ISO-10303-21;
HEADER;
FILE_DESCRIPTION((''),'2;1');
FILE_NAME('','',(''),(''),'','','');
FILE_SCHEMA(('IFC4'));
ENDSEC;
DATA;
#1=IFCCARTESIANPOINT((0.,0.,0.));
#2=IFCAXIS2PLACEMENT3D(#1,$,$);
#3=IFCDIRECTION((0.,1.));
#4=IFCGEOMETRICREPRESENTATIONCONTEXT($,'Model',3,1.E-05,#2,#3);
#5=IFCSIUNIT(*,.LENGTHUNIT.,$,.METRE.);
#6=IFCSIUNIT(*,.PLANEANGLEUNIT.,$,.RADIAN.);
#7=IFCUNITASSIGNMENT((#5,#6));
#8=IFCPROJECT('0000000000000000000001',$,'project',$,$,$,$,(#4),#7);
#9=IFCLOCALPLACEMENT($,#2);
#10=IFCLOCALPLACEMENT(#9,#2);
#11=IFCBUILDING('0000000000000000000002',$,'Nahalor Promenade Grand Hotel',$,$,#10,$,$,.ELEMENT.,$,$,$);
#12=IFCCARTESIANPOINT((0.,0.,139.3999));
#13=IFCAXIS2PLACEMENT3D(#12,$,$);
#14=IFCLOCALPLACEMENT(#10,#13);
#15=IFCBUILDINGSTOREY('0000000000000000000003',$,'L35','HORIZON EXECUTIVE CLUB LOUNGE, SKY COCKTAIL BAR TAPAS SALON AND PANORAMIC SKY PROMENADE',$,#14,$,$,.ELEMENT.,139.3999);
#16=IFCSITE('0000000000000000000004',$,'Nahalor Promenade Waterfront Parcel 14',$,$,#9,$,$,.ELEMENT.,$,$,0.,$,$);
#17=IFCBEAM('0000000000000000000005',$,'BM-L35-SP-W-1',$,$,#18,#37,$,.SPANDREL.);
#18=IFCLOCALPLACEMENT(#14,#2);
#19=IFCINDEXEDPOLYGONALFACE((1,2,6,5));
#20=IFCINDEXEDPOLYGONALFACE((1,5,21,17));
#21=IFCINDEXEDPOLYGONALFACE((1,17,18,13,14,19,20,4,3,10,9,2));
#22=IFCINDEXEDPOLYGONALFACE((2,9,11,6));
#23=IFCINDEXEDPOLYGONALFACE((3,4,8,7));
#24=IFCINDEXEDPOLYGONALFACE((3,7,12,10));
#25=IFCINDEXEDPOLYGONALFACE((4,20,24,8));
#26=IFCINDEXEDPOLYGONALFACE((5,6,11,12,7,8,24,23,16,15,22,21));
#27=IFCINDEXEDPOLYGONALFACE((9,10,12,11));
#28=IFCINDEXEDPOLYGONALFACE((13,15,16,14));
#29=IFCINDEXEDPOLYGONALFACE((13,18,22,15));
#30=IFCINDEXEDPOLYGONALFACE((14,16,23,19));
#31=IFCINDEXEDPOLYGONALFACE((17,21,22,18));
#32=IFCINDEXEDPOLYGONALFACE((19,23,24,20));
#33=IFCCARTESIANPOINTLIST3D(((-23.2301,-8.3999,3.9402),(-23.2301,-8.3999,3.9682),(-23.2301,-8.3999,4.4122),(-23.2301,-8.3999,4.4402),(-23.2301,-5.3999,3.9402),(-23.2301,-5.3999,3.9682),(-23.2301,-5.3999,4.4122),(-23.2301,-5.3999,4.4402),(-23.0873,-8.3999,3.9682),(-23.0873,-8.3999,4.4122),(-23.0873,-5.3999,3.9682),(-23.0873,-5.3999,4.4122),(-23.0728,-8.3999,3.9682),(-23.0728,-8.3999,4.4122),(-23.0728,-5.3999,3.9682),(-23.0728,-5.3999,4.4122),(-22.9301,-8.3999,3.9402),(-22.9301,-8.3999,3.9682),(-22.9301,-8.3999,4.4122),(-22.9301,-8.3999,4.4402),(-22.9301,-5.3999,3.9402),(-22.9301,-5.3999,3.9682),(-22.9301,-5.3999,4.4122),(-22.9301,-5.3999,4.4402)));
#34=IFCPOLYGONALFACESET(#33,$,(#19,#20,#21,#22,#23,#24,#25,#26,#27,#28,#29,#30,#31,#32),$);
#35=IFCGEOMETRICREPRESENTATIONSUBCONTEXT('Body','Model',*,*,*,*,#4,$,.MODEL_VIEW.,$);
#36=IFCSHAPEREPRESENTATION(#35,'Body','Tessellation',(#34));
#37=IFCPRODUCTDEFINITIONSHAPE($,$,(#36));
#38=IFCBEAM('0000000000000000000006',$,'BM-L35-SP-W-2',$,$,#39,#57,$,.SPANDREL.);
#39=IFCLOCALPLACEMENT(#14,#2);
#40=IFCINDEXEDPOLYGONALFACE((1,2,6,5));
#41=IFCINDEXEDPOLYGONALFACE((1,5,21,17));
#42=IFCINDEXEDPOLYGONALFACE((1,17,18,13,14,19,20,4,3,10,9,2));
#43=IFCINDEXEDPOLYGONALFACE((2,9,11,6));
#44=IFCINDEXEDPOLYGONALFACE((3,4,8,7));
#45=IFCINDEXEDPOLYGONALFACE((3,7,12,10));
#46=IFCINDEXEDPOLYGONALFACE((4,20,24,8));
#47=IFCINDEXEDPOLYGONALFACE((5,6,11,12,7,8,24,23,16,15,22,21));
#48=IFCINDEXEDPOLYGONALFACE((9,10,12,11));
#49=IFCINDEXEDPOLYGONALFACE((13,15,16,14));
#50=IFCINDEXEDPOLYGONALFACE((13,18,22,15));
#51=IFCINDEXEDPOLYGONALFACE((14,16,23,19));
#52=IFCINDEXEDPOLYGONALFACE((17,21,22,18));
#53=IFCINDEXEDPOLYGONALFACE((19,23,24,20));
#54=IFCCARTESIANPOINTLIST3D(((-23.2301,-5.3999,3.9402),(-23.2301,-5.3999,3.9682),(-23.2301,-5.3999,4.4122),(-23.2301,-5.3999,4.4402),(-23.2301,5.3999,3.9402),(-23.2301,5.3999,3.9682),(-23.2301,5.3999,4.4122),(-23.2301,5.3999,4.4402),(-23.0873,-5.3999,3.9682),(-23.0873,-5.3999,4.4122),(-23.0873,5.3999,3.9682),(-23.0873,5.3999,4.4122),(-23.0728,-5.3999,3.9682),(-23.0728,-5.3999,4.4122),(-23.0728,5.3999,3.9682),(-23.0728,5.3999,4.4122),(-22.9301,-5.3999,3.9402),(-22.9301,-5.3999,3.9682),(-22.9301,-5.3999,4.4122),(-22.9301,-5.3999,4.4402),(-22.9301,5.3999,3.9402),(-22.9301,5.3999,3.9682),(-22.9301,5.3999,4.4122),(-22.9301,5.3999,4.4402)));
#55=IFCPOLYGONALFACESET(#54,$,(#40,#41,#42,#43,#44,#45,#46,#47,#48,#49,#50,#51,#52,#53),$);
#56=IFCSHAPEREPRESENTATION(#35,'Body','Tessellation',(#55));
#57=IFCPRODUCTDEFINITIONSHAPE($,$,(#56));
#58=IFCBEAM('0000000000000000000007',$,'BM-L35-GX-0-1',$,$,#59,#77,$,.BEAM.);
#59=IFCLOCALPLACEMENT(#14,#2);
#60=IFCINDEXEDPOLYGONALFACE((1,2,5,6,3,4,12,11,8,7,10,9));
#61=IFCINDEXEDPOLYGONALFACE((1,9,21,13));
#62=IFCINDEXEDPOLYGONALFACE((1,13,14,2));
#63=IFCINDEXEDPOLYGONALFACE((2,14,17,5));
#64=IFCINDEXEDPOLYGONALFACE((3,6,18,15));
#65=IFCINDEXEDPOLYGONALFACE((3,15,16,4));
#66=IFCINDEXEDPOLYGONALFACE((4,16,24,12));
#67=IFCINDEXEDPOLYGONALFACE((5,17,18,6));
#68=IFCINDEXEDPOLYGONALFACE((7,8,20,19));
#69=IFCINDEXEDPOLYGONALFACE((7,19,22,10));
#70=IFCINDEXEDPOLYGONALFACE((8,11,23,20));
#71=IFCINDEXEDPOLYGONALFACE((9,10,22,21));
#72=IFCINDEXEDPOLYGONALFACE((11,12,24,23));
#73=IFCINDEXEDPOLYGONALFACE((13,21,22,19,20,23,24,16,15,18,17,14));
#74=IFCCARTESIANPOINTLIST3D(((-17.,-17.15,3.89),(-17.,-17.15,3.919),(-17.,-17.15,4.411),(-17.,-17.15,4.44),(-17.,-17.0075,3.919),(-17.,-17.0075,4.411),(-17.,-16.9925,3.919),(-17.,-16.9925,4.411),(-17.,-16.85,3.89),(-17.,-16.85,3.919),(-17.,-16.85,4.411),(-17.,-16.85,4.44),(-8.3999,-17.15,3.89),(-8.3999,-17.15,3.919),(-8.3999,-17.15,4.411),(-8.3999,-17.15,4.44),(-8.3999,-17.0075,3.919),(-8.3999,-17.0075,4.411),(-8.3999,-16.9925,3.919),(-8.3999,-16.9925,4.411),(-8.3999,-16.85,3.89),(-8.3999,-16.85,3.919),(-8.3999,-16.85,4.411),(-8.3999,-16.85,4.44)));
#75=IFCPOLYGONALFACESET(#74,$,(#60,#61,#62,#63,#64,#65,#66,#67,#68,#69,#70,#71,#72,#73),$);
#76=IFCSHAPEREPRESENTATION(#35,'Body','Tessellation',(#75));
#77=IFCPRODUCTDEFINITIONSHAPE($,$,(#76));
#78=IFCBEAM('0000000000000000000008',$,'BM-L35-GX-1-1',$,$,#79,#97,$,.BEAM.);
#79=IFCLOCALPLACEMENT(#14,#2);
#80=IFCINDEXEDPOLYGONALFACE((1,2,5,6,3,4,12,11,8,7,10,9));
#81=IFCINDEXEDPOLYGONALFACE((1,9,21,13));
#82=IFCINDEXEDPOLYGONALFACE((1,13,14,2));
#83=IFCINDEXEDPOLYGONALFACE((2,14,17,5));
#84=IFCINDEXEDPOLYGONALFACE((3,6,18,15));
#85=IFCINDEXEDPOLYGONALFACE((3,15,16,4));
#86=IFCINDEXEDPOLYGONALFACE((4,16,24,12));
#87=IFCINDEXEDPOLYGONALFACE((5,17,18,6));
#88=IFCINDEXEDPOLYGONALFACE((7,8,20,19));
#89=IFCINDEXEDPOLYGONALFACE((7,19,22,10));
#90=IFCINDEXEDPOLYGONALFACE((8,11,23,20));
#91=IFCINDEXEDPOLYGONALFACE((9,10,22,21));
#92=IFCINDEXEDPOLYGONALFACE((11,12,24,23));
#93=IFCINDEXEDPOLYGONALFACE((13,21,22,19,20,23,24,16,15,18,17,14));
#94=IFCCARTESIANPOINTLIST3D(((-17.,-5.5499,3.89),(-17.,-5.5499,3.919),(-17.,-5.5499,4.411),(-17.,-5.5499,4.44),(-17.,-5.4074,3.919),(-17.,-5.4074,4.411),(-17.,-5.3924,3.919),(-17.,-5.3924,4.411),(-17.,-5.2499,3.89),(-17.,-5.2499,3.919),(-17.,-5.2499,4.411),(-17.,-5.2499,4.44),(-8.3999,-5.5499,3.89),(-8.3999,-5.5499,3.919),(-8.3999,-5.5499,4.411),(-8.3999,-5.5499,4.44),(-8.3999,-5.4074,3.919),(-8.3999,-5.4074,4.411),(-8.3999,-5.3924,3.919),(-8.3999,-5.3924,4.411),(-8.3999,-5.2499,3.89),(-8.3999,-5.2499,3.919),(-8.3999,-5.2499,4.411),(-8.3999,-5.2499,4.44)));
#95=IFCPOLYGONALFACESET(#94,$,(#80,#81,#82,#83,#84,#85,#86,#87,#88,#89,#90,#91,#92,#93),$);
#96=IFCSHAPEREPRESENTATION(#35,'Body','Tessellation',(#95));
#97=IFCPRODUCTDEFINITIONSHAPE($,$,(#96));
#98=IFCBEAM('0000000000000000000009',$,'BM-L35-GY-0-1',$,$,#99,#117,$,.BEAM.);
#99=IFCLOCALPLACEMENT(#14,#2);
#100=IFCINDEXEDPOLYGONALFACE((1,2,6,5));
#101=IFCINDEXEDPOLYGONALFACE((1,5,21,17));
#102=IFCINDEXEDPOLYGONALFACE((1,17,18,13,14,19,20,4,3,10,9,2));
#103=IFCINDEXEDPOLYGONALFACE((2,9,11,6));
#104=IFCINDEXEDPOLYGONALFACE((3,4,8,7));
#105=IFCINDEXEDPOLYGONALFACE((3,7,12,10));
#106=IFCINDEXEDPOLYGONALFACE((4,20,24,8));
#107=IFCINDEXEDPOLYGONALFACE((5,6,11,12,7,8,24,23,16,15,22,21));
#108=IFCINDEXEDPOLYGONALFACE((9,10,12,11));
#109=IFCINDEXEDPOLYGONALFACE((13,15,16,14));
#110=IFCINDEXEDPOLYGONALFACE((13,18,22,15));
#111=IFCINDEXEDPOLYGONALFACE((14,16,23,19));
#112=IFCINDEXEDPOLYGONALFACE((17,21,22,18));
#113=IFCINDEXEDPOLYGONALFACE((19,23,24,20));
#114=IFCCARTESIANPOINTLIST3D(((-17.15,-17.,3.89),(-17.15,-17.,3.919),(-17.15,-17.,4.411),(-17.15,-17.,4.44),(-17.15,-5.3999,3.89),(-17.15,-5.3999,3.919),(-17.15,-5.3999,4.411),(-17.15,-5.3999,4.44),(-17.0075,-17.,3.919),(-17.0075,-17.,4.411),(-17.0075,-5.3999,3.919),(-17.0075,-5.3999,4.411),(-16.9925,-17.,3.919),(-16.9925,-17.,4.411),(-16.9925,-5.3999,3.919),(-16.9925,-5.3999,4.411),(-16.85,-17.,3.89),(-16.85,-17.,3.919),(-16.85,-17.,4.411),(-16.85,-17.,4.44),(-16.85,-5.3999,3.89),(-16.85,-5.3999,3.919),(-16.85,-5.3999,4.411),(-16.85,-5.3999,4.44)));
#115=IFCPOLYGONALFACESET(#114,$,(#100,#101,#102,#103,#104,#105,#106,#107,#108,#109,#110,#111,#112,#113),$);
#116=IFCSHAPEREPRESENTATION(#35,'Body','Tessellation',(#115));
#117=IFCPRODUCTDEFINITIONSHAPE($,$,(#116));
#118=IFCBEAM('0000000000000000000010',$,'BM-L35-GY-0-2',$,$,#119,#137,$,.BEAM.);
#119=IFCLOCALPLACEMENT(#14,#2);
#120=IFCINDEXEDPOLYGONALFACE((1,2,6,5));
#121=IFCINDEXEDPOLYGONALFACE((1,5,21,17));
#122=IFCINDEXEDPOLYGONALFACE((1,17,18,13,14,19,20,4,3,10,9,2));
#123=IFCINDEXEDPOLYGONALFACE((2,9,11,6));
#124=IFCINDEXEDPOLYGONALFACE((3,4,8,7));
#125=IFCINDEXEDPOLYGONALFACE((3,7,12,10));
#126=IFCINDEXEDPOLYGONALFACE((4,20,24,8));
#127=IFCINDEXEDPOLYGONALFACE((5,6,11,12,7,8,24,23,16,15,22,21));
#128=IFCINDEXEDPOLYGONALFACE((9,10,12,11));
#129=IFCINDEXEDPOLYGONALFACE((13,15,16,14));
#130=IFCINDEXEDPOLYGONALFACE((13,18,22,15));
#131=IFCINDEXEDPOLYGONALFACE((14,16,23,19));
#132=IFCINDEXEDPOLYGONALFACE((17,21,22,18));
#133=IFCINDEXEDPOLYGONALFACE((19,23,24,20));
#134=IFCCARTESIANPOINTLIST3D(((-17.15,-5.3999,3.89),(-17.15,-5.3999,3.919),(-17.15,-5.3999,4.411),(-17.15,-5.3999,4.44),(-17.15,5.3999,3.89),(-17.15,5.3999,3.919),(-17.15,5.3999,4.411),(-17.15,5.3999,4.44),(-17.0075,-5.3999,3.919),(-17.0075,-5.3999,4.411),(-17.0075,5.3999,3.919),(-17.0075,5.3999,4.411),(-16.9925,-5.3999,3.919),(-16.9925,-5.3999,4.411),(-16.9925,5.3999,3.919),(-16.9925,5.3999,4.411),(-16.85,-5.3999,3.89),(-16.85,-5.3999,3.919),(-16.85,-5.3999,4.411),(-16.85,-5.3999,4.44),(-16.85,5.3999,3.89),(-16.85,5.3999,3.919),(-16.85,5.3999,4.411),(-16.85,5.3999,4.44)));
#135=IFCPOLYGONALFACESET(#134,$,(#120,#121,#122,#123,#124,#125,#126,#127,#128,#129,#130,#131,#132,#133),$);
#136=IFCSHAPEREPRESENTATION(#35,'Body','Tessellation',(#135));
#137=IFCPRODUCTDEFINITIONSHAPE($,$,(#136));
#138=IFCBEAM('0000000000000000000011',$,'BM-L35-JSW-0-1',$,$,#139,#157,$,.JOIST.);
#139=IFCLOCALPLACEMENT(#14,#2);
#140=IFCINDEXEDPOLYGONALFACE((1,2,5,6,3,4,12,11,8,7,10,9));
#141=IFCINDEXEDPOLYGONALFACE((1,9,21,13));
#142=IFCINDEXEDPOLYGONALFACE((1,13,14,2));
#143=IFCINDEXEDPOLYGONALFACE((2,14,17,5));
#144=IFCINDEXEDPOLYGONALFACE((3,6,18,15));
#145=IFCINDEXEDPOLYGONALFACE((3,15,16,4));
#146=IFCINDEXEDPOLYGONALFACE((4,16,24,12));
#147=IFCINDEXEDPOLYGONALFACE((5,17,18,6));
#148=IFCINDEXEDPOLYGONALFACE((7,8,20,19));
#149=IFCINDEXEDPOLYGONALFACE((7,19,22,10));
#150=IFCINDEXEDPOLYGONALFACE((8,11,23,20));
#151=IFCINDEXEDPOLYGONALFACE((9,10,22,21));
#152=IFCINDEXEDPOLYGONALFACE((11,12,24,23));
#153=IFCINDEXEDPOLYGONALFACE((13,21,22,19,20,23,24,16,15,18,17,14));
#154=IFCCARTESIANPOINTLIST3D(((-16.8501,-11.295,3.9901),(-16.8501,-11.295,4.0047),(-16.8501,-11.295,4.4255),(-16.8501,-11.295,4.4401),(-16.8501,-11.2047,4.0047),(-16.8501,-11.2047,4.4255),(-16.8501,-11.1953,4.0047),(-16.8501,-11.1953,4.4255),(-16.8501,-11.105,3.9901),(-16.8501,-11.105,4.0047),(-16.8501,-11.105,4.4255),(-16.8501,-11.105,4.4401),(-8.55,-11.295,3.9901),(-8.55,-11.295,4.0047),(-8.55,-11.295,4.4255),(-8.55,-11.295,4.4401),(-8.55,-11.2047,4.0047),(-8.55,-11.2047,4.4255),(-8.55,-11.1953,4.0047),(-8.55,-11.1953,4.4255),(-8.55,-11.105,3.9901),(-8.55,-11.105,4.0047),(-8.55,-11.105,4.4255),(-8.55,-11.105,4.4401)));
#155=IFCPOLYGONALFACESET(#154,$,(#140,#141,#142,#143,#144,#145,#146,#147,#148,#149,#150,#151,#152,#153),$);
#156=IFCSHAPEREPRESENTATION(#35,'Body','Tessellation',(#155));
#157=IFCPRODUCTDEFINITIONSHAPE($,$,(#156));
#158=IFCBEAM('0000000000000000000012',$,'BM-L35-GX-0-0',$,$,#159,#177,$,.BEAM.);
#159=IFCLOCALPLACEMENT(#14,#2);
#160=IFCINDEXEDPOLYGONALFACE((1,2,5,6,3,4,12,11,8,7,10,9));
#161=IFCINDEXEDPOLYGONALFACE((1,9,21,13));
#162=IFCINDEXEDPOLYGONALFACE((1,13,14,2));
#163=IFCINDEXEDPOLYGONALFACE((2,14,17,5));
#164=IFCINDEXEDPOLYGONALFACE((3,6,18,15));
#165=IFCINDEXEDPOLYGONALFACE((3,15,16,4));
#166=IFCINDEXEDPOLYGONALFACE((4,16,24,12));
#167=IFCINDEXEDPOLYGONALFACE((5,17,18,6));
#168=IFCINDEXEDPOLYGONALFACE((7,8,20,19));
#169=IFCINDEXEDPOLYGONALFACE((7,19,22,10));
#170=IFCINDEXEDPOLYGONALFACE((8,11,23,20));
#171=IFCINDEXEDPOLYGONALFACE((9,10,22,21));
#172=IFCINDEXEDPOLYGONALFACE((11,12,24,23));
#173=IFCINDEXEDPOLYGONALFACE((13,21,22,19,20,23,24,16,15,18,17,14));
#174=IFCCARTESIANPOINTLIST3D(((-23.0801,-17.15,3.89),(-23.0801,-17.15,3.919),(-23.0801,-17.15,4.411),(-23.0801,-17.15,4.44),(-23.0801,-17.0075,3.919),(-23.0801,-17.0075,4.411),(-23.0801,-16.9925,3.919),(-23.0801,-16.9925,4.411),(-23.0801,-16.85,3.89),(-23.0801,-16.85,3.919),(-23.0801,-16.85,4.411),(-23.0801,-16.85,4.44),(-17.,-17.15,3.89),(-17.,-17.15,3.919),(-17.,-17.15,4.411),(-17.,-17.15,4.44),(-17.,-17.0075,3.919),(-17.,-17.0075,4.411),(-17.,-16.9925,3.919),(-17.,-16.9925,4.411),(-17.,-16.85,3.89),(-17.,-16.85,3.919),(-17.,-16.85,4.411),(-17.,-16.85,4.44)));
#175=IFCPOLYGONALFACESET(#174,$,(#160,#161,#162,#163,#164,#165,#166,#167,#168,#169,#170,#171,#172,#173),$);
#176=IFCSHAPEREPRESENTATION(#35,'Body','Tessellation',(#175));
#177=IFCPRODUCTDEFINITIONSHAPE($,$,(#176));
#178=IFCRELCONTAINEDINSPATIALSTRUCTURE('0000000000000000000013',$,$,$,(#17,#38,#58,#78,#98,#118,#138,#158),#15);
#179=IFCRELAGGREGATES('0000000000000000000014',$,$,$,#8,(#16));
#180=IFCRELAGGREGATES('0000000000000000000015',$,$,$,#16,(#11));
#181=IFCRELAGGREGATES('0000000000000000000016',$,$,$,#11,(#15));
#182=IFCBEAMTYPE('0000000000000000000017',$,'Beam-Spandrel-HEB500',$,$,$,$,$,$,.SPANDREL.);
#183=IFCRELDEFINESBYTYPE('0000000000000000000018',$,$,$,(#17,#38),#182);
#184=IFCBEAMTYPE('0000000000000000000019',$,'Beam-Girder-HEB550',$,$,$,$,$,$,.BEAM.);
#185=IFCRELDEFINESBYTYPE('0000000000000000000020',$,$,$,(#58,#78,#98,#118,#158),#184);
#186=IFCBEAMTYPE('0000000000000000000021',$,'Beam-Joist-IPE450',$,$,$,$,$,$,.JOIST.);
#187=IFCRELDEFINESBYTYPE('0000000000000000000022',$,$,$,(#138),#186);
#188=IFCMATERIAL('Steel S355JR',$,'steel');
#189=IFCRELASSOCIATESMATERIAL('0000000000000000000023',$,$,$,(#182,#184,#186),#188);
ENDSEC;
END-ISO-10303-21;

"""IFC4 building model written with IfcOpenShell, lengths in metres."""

from ifc_helpers import new_model, si_unit, direction, frame, origin, origin_2d, place, context, subcontext, project, spatial, i_section, extrude, source, transform, mapped, material, material_profile, profile_set, type_object, element, save


model = new_model("IFC4")

# Units and contexts
model_context = context("Model", 3, precision=1e-05, world=origin(), true_north=direction((0.0, 1.0)))
body_context = subcontext(model_context, "Body", "Model", "MODEL_VIEW")
ifc_project = project(units=[si_unit("LENGTHUNIT", "METRE"), si_unit("PLANEANGLEUNIT", "RADIAN")], contexts=[model_context])

# Site, building, storey
site_placement = place(None, origin())
site = spatial("IfcSite", under=ifc_project, at=site_placement, Name="Nahalor Promenade Waterfront Parcel 14", CompositionType="ELEMENT", RefElevation=0.0)
building_placement = place(site_placement, origin())
building = spatial("IfcBuilding", under=site, at=building_placement, Name="Nahalor Promenade Grand Hotel", CompositionType="ELEMENT")
storey_placement = place(building_placement, frame((0.0, 0.0, 139.3999)))
storey = spatial("IfcBuildingStorey", under=building, at=storey_placement, Name="L35", Description="HORIZON EXECUTIVE CLUB LOUNGE, SKY COCKTAIL BAR TAPAS SALON AND PANORAMIC SKY PROMENADE", CompositionType="ELEMENT", Elevation=139.3999)

# Beams
ifc_material_1 = material(Name="Steel S355JR", Category="steel")
ifc_material_profile_1 = material_profile(ifc_material_1, i_section(OverallWidth=0.3, OverallDepth=0.5, WebThickness=0.0145, FlangeThickness=0.028, at=origin_2d()), Name="HEB 500")
ifc_profile_set_1 = profile_set([ifc_material_profile_1], Name="Steel S355JR")
beam_type_1 = type_object("IfcBeamType", Name="Beam-Spandrel-HEB500", PredefinedType="SPANDREL", material=ifc_profile_set_1)
shared_shape_1 = source(origin(), body_context, "Body", "SweptSolid", [
    extrude(i_section(OverallWidth=0.3, OverallDepth=0.5, WebThickness=0.0145, FlangeThickness=0.028, at=origin_2d()), origin(), (0.0, 0.0, 1.0), 3.0),
])
beam_1_placement = place(storey_placement, frame((-23.0801, -8.3999, 4.1902), z_axis=(0.0, 1.0, 0.0), x_axis=(-1.0, 0.0, 0.0)))
element("IfcBeam", 1, at=beam_1_placement, inside=storey, type_object=beam_type_1, Name="BM-L35-SP-W-1", PredefinedType="SPANDREL", context=body_context, shape_type="MappedRepresentation", body=[
    mapped(shared_shape_1, transform((0.0, 0.0, 0.0), scale=1.0)),
])
shared_shape_2 = source(origin(), body_context, "Body", "SweptSolid", [
    extrude(i_section(OverallWidth=0.3, OverallDepth=0.5, WebThickness=0.0145, FlangeThickness=0.028, at=origin_2d()), origin(), (0.0, 0.0, 1.0), 10.7998),
])
beam_2_placement = place(storey_placement, frame((-23.0801, -5.3999, 4.1902), z_axis=(0.0, 1.0, 0.0), x_axis=(-1.0, 0.0, 0.0)))
element("IfcBeam", 2, at=beam_2_placement, inside=storey, type_object=beam_type_1, Name="BM-L35-SP-W-2", PredefinedType="SPANDREL", context=body_context, shape_type="MappedRepresentation", body=[
    mapped(shared_shape_2, transform((0.0, 0.0, 0.0), scale=1.0)),
])
ifc_material_profile_2 = material_profile(ifc_material_1, i_section(OverallWidth=0.3, OverallDepth=0.55, WebThickness=0.015, FlangeThickness=0.029, at=origin_2d()), Name="HEB 550")
ifc_profile_set_2 = profile_set([ifc_material_profile_2], Name="Steel S355JR")
beam_type_2 = type_object("IfcBeamType", Name="Beam-Girder-HEB550", PredefinedType="BEAM", material=ifc_profile_set_2)
shared_shape_3 = source(origin(), body_context, "Body", "SweptSolid", [
    extrude(i_section(OverallWidth=0.3, OverallDepth=0.55, WebThickness=0.015, FlangeThickness=0.029, at=origin_2d()), origin(), (0.0, 0.0, 1.0), 8.6001),
])
for number, where, z_axis, x_axis, name in (
    (3, (-17.0, -17.0, 4.165), (1.0, 0.0, 0.0), (0.0, 1.0, 0.0), "BM-L35-GX-0-1"),
    (4, (-17.0, -5.3999, 4.165), (1.0, 0.0, 0.0), (0.0, 1.0, 0.0), "BM-L35-GX-1-1"),
):
    element("IfcBeam", number, at=place(storey_placement, frame(where, z_axis=z_axis, x_axis=x_axis)), inside=storey, type_object=beam_type_2, Name=name, PredefinedType="BEAM", context=body_context, shape_type="MappedRepresentation", body=[
        mapped(shared_shape_3, transform((0.0, 0.0, 0.0), scale=1.0)),
    ])
shared_shape_4 = source(origin(), body_context, "Body", "SweptSolid", [
    extrude(i_section(OverallWidth=0.3, OverallDepth=0.55, WebThickness=0.015, FlangeThickness=0.029, at=origin_2d()), origin(), (0.0, 0.0, 1.0), 11.6001),
])
beam_3_placement = place(storey_placement, frame((-17.0, -17.0, 4.165), z_axis=(0.0, 1.0, 0.0), x_axis=(-1.0, 0.0, 0.0)))
element("IfcBeam", 5, at=beam_3_placement, inside=storey, type_object=beam_type_2, Name="BM-L35-GY-0-1", PredefinedType="BEAM", context=body_context, shape_type="MappedRepresentation", body=[
    mapped(shared_shape_4, transform((0.0, 0.0, 0.0), scale=1.0)),
])
shared_shape_5 = source(origin(), body_context, "Body", "SweptSolid", [
    extrude(i_section(OverallWidth=0.3, OverallDepth=0.55, WebThickness=0.015, FlangeThickness=0.029, at=origin_2d()), origin(), (0.0, 0.0, 1.0), 10.7998),
])
beam_4_placement = place(storey_placement, frame((-17.0, -5.3999, 4.165), z_axis=(0.0, 1.0, 0.0), x_axis=(-1.0, 0.0, 0.0)))
element("IfcBeam", 6, at=beam_4_placement, inside=storey, type_object=beam_type_2, Name="BM-L35-GY-0-2", PredefinedType="BEAM", context=body_context, shape_type="MappedRepresentation", body=[
    mapped(shared_shape_5, transform((0.0, 0.0, 0.0), scale=1.0)),
])
ifc_material_profile_3 = material_profile(ifc_material_1, i_section(OverallWidth=0.19, OverallDepth=0.45, WebThickness=0.0094, FlangeThickness=0.0146, at=origin_2d()), Name="IPE 450")
ifc_profile_set_3 = profile_set([ifc_material_profile_3], Name="Steel S355JR")
beam_type_3 = type_object("IfcBeamType", Name="Beam-Joist-IPE450", PredefinedType="JOIST", material=ifc_profile_set_3)
shared_shape_6 = source(origin(), body_context, "Body", "SweptSolid", [
    extrude(i_section(OverallWidth=0.19, OverallDepth=0.45, WebThickness=0.0094, FlangeThickness=0.0146, at=origin_2d()), origin(), (0.0, 0.0, 1.0), 8.3),
])
beam_5_placement = place(storey_placement, frame((-16.8501, -11.2, 4.2151), z_axis=(1.0, 0.0, 0.0), x_axis=(0.0, 1.0, 0.0)))
element("IfcBeam", 7, at=beam_5_placement, inside=storey, type_object=beam_type_3, Name="BM-L35-JSW-0-1", PredefinedType="JOIST", context=body_context, shape_type="MappedRepresentation", body=[
    mapped(shared_shape_6, transform((0.0, 0.0, 0.0), scale=1.0)),
])
shared_shape_7 = source(origin(), body_context, "Body", "SweptSolid", [
    extrude(i_section(OverallWidth=0.3, OverallDepth=0.55, WebThickness=0.015, FlangeThickness=0.029, at=origin_2d()), origin(), (0.0, 0.0, 1.0), 6.0801),
])
for number, where, z_axis, x_axis, name in (
    (8, (-23.0801, -17.0, 4.165), (1.0, 0.0, 0.0), (0.0, 1.0, 0.0), "BM-L35-GX-0-0"),
):
    element("IfcBeam", number, at=place(storey_placement, frame(where, z_axis=z_axis, x_axis=x_axis)), inside=storey, type_object=beam_type_2, Name=name, PredefinedType="BEAM", context=body_context, shape_type="MappedRepresentation", body=[
        mapped(shared_shape_7, transform((0.0, 0.0, 0.0), scale=1.0)),
    ])

save(model, "model.ifc")
